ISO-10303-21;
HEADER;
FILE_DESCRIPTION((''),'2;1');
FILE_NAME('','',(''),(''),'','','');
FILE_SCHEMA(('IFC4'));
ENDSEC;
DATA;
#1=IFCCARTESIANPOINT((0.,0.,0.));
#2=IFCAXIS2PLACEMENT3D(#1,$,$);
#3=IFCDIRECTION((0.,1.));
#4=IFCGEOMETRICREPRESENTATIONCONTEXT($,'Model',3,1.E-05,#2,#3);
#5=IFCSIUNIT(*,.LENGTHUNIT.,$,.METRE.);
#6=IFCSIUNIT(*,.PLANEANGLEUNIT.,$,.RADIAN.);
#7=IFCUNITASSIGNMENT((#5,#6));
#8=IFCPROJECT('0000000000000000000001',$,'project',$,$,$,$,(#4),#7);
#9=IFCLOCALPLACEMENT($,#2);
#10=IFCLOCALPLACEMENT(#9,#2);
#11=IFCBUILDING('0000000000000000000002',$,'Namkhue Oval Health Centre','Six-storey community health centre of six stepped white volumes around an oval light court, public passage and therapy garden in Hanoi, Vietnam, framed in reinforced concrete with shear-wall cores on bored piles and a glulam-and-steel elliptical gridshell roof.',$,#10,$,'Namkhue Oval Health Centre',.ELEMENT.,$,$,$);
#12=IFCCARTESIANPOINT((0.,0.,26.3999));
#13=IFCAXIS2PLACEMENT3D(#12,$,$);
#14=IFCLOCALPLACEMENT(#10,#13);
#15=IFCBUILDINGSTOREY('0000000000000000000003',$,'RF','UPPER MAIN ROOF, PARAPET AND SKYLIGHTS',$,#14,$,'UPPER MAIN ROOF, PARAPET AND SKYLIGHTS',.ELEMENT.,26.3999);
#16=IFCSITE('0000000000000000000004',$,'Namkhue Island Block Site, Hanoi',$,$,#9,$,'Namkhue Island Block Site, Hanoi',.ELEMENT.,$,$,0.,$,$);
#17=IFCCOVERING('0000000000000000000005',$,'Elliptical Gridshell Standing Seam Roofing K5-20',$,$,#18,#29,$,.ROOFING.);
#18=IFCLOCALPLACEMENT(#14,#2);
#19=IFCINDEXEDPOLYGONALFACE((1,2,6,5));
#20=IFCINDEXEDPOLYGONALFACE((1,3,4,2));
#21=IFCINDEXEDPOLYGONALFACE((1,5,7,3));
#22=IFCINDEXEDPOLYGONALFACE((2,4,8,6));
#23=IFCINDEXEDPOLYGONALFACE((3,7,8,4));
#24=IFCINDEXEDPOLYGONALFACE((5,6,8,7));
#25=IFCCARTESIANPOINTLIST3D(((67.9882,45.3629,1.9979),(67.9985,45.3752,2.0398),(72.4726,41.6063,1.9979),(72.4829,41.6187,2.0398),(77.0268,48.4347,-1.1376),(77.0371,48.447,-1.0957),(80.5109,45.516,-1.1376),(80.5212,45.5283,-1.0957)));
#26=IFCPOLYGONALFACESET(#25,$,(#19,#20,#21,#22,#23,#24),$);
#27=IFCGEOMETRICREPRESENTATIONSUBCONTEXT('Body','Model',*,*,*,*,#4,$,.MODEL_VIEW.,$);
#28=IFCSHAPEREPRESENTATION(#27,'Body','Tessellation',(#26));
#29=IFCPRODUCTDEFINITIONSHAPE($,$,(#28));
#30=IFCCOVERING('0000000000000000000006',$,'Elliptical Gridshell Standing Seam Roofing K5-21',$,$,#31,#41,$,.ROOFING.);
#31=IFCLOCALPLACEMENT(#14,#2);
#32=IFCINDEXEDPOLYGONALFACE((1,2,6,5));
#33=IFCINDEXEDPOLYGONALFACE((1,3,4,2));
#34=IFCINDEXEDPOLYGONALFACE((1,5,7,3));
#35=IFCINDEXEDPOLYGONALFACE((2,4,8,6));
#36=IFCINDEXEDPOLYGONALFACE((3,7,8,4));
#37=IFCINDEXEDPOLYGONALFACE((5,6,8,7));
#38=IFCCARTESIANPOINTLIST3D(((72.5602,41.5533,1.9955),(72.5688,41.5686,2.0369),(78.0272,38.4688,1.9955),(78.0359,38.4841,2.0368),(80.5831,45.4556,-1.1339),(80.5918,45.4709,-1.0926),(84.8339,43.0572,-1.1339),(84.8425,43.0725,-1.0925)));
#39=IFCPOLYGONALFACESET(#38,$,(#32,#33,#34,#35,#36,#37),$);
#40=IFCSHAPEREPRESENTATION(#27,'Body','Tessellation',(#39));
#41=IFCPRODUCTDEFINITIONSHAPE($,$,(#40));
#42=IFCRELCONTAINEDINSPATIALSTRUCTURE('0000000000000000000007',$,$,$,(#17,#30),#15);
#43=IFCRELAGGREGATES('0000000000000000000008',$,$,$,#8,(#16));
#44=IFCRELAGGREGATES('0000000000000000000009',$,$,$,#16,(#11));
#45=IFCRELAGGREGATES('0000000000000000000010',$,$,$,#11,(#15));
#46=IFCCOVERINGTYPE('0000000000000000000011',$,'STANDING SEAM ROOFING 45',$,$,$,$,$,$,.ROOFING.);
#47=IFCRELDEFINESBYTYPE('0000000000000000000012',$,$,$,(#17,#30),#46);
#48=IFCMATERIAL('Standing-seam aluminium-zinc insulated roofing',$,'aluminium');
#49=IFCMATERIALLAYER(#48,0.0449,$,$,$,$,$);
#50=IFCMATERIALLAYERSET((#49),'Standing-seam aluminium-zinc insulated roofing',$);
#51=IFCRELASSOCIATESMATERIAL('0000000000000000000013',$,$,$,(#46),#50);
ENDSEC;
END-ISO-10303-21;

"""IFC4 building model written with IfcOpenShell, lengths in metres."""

from ifc_helpers import new_model, si_unit, direction, frame, origin, place, context, subcontext, project, spatial, polyline, outline, extrude, material, layer, layer_set, type_object, element, save


model = new_model("IFC4")

# Units and contexts
model_context = context("Model", 3, precision=1e-05, world=origin(), true_north=direction((0.0, 1.0)))
body_context = subcontext(model_context, "Body", "Model", "MODEL_VIEW")
ifc_project = project(units=[si_unit("LENGTHUNIT", "METRE"), si_unit("PLANEANGLEUNIT", "RADIAN")], contexts=[model_context])

# Site, building, storey
site_placement = place(None, origin())
site = spatial("IfcSite", under=ifc_project, at=site_placement, Name="Namkhue Island Block Site, Hanoi", LongName="Namkhue Island Block Site, Hanoi", CompositionType="ELEMENT", RefElevation=0.0)
building_placement = place(site_placement, origin())
building = spatial("IfcBuilding", under=site, at=building_placement, Name="Namkhue Oval Health Centre", Description="Six-storey community health centre of six stepped white volumes around an oval light court, public passage and therapy garden in Hanoi, Vietnam, framed in reinforced concrete with shear-wall cores on bored piles and a glulam-and-steel elliptical gridshell roof.", LongName="Namkhue Oval Health Centre", CompositionType="ELEMENT")
storey_placement = place(building_placement, frame((0.0, 0.0, 26.3999)))
storey = spatial("IfcBuildingStorey", under=building, at=storey_placement, Name="RF", Description="UPPER MAIN ROOF, PARAPET AND SKYLIGHTS", LongName="UPPER MAIN ROOF, PARAPET AND SKYLIGHTS", CompositionType="ELEMENT", Elevation=26.3999)

# Coverings
ifc_material_1 = material(Name="Standing-seam aluminium-zinc insulated roofing", Category="aluminium")
ifc_layer_1 = layer(ifc_material_1, 0.0449)
ifc_layer_set_1 = layer_set([ifc_layer_1], Name="Standing-seam aluminium-zinc insulated roofing")
covering_type_1 = type_object("IfcCoveringType", Name="STANDING SEAM ROOFING 45", PredefinedType="ROOFING", material=ifc_layer_set_1)
covering_1_placement = place(storey_placement, frame((67.9985, 45.3752, 2.0398), z_axis=(0.230359, 0.274987, 0.933444), x_axis=(0.76657, -0.642161, -0.000001)))
element("IfcCovering", 1, at=covering_1_placement, inside=storey, type_object=covering_type_1, Name="Elliptical Gridshell Standing Seam Roofing K5-20", PredefinedType="ROOFING", context=body_context, shape_type="SweptSolid", body=[
    extrude(outline(polyline([(0.0, 0.0), (5.8499, 0.0), (9.5012, 8.7407), (4.9561, 8.7407), (0.0, 0.0)])), origin(), (0.0, 0.0, -1.0), 0.0449),
])
covering_2_placement = place(storey_placement, frame((72.5688, 41.5686, 2.0369), z_axis=(0.192698, 0.341532, 0.919904), x_axis=(0.870943, -0.491384, -0.000006)))
element("IfcCovering", 2, at=covering_2_placement, inside=storey, type_object=covering_type_1, Name="Elliptical Gridshell Standing Seam Roofing K5-21", PredefinedType="ROOFING", context=body_context, shape_type="SweptSolid", body=[
    extrude(outline(polyline([(0.0, 0.0), (6.2771, 0.0), (9.9507, 7.9801), (5.07, 7.9802), (0.0, 0.0)])), origin(), (0.0, 0.0, -1.0), 0.0449),
])

save(model, "model.ifc")
